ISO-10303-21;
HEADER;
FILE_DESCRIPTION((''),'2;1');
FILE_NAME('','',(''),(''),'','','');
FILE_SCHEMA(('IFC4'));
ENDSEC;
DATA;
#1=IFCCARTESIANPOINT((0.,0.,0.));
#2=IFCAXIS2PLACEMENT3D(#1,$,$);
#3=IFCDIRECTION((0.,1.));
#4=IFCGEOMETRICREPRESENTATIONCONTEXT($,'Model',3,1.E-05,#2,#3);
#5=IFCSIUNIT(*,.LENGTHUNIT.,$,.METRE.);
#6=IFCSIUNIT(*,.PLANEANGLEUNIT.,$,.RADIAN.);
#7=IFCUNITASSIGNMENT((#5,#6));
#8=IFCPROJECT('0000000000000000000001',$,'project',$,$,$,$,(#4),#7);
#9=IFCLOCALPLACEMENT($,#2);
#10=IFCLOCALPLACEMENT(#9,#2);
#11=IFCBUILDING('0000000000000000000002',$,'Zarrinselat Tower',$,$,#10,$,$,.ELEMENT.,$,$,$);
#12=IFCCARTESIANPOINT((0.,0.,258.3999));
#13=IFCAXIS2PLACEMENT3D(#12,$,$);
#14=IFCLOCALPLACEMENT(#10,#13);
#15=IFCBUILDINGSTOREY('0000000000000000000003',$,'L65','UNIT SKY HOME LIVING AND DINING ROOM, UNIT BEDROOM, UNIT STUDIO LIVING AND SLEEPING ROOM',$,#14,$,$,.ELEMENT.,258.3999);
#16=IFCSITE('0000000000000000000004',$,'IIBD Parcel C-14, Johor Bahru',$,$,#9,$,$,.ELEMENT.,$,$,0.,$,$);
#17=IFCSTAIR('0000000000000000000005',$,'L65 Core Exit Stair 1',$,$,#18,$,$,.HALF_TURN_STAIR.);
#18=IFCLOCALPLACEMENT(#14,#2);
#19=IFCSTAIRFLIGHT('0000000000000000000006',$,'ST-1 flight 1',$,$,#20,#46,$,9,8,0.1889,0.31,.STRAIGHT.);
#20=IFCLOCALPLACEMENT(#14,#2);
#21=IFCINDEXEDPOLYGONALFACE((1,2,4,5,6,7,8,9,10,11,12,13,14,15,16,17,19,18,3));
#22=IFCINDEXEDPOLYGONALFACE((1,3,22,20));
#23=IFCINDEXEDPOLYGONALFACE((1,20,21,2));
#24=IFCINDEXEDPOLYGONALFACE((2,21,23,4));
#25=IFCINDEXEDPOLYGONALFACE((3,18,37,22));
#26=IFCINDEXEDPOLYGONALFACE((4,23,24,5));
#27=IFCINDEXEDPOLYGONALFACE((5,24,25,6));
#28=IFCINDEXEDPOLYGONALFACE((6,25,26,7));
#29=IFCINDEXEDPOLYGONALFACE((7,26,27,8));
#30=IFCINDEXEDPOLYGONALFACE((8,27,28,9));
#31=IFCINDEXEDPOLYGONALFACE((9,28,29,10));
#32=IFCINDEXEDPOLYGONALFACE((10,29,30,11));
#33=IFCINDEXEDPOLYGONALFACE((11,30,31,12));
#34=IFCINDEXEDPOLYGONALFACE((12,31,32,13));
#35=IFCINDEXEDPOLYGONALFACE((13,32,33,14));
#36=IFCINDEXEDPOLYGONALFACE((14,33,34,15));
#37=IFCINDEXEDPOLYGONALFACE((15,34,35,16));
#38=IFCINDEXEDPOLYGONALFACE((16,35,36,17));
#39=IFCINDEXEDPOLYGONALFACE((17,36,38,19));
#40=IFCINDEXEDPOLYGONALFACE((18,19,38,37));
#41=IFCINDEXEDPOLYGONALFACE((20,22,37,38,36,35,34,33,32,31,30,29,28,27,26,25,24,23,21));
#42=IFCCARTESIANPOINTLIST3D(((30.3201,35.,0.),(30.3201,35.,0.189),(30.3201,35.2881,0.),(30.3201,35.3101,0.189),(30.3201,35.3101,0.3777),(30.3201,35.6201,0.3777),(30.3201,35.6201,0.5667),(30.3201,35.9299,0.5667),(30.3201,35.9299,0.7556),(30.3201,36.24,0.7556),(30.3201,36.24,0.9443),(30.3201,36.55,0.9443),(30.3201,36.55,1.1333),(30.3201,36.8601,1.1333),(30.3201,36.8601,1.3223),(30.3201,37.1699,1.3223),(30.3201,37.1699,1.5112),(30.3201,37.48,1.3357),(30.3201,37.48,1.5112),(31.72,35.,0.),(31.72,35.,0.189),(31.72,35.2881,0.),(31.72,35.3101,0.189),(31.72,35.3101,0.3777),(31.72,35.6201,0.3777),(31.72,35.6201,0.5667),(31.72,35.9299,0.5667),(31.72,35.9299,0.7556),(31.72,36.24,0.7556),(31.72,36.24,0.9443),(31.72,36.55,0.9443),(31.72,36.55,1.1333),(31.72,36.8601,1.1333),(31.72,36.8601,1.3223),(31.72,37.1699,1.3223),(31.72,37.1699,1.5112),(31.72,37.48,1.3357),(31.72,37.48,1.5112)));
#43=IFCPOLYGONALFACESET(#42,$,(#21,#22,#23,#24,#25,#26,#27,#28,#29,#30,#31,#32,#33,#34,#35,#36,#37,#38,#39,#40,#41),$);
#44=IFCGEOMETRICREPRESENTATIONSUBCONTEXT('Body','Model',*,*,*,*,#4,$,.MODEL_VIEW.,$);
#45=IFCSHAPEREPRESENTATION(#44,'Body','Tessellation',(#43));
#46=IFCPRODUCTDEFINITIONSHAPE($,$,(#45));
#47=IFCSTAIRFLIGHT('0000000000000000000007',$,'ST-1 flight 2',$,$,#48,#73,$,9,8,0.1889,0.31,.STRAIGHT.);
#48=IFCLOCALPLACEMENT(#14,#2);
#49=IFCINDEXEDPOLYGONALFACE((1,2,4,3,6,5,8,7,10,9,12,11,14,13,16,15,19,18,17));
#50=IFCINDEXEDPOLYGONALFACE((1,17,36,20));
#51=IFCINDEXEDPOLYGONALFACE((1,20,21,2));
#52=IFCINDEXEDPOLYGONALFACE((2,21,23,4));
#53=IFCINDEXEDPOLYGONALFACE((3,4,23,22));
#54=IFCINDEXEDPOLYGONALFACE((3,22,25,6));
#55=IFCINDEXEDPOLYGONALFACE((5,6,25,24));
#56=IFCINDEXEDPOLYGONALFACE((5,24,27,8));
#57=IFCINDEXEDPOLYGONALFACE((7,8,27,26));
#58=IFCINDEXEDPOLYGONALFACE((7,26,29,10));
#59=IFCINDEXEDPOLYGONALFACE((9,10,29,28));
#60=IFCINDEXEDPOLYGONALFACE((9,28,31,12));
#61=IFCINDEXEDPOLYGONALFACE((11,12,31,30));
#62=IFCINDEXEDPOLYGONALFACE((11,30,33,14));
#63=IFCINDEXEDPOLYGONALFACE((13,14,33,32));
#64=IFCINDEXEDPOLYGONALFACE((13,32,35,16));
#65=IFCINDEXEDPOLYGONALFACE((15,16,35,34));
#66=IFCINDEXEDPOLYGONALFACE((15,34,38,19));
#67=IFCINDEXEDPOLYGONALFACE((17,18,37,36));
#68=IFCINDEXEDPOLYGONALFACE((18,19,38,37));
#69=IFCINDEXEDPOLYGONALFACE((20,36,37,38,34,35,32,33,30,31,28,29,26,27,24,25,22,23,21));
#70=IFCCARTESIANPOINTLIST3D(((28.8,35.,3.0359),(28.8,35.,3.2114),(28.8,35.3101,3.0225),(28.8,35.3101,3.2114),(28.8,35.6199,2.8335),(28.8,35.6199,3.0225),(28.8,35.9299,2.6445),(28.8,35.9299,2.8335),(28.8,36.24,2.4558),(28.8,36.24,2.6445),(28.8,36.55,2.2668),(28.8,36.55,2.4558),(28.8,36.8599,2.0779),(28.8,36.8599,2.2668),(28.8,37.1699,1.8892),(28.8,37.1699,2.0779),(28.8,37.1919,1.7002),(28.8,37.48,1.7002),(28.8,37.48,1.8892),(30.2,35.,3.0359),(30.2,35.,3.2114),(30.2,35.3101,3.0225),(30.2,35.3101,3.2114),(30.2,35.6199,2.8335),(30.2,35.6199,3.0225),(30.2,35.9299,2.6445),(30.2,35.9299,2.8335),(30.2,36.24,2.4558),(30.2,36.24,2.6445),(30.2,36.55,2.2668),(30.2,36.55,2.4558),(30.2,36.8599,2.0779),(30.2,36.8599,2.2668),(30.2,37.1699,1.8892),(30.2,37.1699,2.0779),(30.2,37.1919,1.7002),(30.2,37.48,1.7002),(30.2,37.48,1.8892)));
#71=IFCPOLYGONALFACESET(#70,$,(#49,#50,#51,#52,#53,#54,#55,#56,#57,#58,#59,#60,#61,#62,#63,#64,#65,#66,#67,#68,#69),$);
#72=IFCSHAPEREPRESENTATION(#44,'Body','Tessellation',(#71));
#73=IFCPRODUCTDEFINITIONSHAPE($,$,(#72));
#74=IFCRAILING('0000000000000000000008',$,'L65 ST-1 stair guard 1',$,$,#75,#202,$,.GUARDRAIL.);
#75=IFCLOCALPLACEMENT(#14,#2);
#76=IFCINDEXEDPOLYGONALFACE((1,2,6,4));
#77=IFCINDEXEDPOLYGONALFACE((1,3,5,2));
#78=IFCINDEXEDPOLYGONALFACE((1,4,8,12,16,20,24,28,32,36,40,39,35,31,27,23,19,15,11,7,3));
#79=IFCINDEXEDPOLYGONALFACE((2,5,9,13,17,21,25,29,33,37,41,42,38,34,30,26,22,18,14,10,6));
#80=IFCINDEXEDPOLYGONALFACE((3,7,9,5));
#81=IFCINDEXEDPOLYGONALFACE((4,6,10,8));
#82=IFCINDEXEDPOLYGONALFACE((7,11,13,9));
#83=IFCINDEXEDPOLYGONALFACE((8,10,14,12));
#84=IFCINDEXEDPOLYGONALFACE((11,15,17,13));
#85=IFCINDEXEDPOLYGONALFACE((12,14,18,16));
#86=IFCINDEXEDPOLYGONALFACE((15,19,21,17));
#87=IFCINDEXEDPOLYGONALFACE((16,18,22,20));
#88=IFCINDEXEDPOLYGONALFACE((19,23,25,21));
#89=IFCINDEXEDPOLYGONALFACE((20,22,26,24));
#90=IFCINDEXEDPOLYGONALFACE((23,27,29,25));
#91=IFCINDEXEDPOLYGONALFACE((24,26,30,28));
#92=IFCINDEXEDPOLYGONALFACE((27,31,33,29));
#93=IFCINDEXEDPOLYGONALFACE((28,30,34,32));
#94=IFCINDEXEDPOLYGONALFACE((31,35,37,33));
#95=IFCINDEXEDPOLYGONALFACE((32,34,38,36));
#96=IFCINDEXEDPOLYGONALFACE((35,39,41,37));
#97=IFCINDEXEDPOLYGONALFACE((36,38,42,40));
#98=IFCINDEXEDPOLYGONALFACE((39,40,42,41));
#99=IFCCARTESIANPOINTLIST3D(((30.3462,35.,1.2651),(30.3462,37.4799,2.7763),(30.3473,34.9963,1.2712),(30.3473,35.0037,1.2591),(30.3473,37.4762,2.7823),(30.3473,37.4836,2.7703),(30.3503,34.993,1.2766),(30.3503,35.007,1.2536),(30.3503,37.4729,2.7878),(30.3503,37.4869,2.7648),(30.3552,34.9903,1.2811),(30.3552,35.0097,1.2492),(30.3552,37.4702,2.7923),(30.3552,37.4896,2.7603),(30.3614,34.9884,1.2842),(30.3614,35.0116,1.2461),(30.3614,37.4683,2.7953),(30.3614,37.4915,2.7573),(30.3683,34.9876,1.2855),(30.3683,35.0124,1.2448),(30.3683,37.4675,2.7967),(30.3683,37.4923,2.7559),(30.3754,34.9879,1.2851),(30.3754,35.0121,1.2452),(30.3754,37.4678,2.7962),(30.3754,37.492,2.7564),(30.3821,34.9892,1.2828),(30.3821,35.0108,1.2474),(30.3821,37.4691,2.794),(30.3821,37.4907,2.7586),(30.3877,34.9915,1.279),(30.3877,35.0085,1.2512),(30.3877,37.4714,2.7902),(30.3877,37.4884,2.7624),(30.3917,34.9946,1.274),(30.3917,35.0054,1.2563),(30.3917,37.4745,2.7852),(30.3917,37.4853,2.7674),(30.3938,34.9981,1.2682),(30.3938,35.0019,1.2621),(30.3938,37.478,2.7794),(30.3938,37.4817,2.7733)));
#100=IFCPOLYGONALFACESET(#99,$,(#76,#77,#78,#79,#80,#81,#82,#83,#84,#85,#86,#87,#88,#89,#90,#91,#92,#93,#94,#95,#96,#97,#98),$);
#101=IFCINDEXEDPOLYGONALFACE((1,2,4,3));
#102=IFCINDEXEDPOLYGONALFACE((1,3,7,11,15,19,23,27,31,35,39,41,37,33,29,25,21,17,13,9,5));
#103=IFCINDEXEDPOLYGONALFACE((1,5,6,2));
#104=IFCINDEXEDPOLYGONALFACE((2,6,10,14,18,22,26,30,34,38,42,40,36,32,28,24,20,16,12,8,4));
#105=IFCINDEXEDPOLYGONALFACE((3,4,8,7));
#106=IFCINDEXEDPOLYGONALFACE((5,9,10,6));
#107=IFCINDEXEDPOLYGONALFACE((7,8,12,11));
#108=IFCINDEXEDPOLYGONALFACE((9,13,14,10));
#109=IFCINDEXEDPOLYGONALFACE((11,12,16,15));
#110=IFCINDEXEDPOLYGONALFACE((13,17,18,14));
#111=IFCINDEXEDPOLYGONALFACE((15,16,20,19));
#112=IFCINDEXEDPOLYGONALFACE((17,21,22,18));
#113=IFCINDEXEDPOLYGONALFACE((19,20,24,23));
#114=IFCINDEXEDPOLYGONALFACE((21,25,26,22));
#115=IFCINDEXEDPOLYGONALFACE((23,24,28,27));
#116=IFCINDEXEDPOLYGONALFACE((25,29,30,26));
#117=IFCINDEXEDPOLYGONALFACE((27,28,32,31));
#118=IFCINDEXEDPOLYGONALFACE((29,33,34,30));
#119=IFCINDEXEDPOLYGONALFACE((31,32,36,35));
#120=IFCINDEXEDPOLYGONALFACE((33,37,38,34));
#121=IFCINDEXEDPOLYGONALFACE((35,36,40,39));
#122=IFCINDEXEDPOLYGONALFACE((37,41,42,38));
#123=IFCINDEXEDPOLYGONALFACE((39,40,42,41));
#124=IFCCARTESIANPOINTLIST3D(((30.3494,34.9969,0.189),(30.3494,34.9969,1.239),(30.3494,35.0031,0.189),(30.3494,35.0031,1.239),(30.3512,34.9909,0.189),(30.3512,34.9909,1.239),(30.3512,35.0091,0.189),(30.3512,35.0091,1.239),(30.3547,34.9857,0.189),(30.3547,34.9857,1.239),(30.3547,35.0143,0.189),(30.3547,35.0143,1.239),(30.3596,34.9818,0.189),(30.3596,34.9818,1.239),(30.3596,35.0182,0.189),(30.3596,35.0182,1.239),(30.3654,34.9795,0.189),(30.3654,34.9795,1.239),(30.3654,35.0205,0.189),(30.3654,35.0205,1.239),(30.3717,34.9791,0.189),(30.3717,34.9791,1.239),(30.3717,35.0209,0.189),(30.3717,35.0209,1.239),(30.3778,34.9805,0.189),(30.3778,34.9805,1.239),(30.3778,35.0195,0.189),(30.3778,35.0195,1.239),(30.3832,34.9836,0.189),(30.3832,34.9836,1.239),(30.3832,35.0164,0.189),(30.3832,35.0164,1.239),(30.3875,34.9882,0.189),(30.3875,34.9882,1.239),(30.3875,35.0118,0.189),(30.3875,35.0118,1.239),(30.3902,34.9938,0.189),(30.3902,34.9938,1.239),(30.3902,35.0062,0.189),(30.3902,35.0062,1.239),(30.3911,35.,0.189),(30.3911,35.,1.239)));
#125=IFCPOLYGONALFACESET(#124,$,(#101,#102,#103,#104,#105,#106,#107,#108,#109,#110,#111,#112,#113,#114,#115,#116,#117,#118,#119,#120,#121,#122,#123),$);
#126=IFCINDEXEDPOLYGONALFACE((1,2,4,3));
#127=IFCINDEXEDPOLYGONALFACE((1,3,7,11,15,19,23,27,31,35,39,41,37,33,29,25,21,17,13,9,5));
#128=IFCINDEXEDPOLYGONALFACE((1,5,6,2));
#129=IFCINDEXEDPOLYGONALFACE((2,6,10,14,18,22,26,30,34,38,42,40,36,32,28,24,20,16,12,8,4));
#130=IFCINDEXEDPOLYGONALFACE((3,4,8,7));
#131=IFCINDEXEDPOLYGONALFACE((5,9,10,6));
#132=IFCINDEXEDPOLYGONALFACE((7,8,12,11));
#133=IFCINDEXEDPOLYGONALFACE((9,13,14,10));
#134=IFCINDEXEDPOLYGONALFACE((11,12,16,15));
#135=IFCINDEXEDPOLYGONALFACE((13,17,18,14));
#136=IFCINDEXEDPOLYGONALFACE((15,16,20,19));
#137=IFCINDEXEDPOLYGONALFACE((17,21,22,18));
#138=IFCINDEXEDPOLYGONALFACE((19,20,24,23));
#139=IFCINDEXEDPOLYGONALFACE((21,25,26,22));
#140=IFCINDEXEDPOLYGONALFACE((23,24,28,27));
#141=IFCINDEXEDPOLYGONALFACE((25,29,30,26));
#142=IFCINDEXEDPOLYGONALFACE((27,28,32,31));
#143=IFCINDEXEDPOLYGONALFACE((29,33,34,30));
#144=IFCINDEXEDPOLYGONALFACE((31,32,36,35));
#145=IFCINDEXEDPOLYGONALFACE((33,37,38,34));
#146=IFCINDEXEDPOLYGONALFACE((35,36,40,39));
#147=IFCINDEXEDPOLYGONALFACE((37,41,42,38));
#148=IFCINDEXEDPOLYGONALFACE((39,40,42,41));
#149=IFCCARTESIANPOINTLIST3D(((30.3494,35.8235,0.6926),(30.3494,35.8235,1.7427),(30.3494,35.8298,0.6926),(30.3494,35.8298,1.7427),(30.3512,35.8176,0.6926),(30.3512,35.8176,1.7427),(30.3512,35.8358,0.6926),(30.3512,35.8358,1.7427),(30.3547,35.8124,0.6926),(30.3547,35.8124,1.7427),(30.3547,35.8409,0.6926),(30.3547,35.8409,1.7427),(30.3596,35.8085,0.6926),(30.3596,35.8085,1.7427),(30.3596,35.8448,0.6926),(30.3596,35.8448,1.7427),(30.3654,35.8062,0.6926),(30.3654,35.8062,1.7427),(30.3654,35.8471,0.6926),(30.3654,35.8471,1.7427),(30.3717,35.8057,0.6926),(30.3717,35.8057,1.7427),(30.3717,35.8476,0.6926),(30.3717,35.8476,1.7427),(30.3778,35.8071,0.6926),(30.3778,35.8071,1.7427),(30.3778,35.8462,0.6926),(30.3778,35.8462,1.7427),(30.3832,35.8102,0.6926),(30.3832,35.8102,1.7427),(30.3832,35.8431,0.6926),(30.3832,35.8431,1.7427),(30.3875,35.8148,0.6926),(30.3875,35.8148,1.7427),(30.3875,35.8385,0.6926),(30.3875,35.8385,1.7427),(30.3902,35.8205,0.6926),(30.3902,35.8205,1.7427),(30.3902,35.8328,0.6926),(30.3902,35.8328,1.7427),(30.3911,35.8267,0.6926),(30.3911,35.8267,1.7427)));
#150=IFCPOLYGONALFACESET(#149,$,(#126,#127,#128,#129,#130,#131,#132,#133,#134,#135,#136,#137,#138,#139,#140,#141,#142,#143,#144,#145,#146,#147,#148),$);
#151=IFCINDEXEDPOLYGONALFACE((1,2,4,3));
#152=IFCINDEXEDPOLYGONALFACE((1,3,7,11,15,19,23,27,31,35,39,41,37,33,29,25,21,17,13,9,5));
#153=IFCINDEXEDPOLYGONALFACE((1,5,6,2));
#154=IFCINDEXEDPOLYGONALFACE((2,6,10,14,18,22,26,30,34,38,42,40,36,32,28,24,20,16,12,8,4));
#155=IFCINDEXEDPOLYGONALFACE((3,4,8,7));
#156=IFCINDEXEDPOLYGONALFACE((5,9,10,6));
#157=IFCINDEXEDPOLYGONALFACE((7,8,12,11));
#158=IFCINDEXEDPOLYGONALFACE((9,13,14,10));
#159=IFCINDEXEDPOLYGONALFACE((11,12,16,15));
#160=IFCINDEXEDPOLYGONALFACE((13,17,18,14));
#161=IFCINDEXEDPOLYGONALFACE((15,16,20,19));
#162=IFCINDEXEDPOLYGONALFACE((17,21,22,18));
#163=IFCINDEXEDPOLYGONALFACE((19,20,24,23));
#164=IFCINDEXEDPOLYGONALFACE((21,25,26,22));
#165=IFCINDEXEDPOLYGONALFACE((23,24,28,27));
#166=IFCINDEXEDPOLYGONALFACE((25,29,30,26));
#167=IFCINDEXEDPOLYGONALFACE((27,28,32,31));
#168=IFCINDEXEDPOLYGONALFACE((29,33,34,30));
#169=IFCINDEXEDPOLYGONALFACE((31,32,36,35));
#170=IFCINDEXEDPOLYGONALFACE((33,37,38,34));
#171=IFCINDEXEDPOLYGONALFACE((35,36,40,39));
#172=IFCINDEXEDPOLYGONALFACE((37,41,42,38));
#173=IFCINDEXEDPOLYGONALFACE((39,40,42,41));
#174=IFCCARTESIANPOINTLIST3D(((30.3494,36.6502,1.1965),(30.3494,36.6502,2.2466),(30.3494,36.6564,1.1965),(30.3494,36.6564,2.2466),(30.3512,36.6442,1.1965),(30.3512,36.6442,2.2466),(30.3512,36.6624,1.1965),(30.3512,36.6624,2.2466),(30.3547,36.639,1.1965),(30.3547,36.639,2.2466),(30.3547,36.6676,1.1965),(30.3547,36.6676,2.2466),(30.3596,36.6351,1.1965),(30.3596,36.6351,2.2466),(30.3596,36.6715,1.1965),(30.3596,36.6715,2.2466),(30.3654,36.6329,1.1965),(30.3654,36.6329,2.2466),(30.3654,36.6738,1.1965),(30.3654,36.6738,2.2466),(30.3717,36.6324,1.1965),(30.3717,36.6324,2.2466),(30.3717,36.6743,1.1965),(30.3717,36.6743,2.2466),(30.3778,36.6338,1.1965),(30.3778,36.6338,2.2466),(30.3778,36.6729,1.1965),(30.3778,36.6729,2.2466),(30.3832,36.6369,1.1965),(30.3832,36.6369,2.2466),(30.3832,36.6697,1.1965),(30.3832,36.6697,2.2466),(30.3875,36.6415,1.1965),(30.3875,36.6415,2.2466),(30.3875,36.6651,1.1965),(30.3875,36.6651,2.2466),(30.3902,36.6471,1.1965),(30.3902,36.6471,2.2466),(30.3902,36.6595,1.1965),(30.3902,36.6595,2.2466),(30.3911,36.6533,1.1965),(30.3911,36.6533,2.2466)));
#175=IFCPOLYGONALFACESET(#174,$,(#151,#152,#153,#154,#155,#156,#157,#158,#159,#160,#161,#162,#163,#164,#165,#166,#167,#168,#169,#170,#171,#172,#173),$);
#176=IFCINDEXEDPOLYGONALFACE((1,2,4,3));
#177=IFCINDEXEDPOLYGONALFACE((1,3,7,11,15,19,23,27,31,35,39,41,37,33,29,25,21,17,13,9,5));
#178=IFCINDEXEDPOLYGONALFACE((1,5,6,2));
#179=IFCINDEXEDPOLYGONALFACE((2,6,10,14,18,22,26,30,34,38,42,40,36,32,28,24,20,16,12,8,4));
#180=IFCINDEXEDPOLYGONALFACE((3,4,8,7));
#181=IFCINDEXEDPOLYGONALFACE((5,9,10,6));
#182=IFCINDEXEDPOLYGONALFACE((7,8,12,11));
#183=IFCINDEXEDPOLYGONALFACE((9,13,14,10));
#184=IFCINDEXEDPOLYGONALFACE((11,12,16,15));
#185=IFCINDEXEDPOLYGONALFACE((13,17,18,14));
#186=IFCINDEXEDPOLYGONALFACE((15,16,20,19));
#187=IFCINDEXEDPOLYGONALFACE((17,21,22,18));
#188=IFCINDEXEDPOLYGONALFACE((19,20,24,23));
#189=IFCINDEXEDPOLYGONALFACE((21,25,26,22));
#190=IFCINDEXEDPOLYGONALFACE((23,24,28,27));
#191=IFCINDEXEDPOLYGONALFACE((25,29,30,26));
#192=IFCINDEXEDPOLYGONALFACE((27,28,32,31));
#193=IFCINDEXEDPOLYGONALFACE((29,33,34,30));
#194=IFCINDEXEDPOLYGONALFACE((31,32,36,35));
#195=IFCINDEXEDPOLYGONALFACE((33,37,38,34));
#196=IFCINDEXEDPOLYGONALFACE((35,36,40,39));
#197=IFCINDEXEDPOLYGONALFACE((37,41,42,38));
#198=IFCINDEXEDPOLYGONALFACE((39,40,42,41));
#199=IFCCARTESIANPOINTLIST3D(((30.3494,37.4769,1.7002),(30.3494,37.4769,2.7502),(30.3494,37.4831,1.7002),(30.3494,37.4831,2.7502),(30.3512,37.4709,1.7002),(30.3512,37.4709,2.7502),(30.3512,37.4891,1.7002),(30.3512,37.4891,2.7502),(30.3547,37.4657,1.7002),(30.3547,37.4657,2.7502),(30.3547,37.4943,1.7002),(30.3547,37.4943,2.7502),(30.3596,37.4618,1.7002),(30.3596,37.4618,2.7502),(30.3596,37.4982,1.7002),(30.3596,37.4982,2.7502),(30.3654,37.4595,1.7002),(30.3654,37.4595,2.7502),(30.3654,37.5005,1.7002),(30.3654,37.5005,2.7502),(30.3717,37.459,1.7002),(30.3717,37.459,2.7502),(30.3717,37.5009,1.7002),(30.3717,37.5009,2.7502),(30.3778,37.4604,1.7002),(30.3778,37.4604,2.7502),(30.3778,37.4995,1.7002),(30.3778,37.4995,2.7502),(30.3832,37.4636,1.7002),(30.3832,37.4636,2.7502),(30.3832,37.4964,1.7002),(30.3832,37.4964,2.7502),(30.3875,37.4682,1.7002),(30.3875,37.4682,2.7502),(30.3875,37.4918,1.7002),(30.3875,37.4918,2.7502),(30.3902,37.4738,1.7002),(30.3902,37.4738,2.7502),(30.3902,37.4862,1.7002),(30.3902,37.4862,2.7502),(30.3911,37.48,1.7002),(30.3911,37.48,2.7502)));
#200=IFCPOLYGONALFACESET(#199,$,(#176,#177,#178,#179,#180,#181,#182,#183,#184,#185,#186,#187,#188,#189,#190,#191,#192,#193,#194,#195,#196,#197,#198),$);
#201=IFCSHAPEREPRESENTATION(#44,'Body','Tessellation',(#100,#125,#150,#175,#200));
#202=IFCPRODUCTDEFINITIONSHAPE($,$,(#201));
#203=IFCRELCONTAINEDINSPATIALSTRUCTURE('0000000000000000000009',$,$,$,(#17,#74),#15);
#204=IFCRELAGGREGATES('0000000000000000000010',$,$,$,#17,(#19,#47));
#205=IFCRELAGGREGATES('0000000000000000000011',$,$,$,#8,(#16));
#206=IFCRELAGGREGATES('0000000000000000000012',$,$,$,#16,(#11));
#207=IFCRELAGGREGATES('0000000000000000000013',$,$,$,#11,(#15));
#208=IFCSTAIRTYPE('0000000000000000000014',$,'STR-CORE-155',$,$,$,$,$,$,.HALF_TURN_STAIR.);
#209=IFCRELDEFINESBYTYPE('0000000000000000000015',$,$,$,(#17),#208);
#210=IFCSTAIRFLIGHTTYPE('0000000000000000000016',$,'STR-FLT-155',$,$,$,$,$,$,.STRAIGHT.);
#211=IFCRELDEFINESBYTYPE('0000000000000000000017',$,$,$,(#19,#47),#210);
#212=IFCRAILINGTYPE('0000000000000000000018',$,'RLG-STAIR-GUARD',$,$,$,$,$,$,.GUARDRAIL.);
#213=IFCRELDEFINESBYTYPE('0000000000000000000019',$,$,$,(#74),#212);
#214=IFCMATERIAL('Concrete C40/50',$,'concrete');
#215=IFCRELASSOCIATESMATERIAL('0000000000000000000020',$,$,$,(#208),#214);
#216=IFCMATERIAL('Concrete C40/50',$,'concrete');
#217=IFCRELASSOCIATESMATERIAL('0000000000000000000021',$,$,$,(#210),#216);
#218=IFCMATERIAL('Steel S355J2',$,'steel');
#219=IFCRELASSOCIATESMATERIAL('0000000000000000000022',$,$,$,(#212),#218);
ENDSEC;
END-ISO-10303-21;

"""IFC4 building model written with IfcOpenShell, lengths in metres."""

from ifc_helpers import new_model, si_unit, direction, frame, origin, origin_2d, place, context, subcontext, project, spatial, polyline, circle, outline, extrude, material, type_object, element, aggregate, save


model = new_model("IFC4")

# Units and contexts
model_context = context("Model", 3, precision=1e-05, world=origin(), true_north=direction((0.0, 1.0)))
body_context = subcontext(model_context, "Body", "Model", "MODEL_VIEW")
ifc_project = project(units=[si_unit("LENGTHUNIT", "METRE"), si_unit("PLANEANGLEUNIT", "RADIAN")], contexts=[model_context])

# Site, building, storey
site_placement = place(None, origin())
site = spatial("IfcSite", under=ifc_project, at=site_placement, Name="IIBD Parcel C-14, Johor Bahru", CompositionType="ELEMENT", RefElevation=0.0)
building_placement = place(site_placement, origin())
building = spatial("IfcBuilding", under=site, at=building_placement, Name="Zarrinselat Tower", CompositionType="ELEMENT")
storey_placement = place(building_placement, frame((0.0, 0.0, 258.3999)))
storey = spatial("IfcBuildingStorey", under=building, at=storey_placement, Name="L65", Description="UNIT SKY HOME LIVING AND DINING ROOM, UNIT BEDROOM, UNIT STUDIO LIVING AND SLEEPING ROOM", CompositionType="ELEMENT", Elevation=258.3999)

# Stair, stair flights
ifc_material_1 = material(Name="Concrete C40/50", Category="concrete")
stair_type = type_object("IfcStairType", Name="STR-CORE-155", PredefinedType="HALF_TURN_STAIR", material=ifc_material_1)
stair_placement = place(storey_placement, origin())
stair = element("IfcStair", 1, at=stair_placement, inside=storey, type_object=stair_type, Name="L65 Core Exit Stair 1", PredefinedType="HALF_TURN_STAIR")
ifc_material_2 = material(Name="Concrete C40/50", Category="concrete")
stair_flight_type = type_object("IfcStairFlightType", Name="STR-FLT-155", PredefinedType="STRAIGHT", material=ifc_material_2)
stair_flight_1_placement = place(storey_placement, frame((31.02, 35.0, 0.0), z_axis=(0.0, 0.0, 1.0), x_axis=(0.0, 1.0, 0.0)))
stair_flight_1 = element("IfcStairFlight", 2, at=stair_flight_1_placement, type_object=stair_flight_type, Name="ST-1 flight 1", NumberOfRisers=9, NumberOfTreads=8, PredefinedType="STRAIGHT", RiserHeight=0.1889, TreadLength=0.31, context=body_context, shape_type="SweptSolid", body=[
    extrude(outline(polyline([(0.0, 0.0), (0.0, 0.189), (0.3101, 0.189), (0.3101, 0.3777), (0.6201, 0.3777), (0.6201, 0.5667), (0.9299, 0.5667), (0.9299, 0.7556), (1.24, 0.7556), (1.24, 0.9443), (1.55, 0.9443), (1.55, 1.1333), (1.8601, 1.1333), (1.8601, 1.3223), (2.1699, 1.3223), (2.1699, 1.5112), (2.48, 1.5112), (2.48, 1.7), (2.48, 1.3357), (0.2881, 0.0), (0.0, 0.0)])), frame((0.0, 0.7, 0.0), z_axis=(0.0, -1.0, 0.0), x_axis=(1.0, 0.0, 0.0)), (0.0, 0.0, 1.0), 1.3999),
])
stair_flight_2_placement = place(storey_placement, frame((29.5, 37.48, 1.7002), z_axis=(0.0, 0.0, 1.0), x_axis=(0.0, -1.0, 0.0)))
stair_flight_2 = element("IfcStairFlight", 3, at=stair_flight_2_placement, type_object=stair_flight_type, Name="ST-1 flight 2", NumberOfRisers=9, NumberOfTreads=8, PredefinedType="STRAIGHT", RiserHeight=0.1889, TreadLength=0.31, context=body_context, shape_type="SweptSolid", body=[
    extrude(outline(polyline([(0.0, 0.0), (0.0, 0.189), (0.3101, 0.189), (0.3101, 0.3777), (0.6201, 0.3777), (0.6201, 0.5667), (0.9299, 0.5667), (0.9299, 0.7556), (1.24, 0.7556), (1.24, 0.9443), (1.55, 0.9443), (1.55, 1.1333), (1.8601, 1.1333), (1.8601, 1.3223), (2.1699, 1.3223), (2.1699, 1.5112), (2.48, 1.5112), (2.48, 1.7), (2.48, 1.3357), (0.2881, 0.0), (0.0, 0.0)])), frame((0.0, 0.7, 0.0), z_axis=(0.0, -1.0, 0.0), x_axis=(1.0, 0.0, 0.0)), (0.0, 0.0, 1.0), 1.3999),
])
aggregate(stair, [stair_flight_1, stair_flight_2])

# Railing
ifc_material_3 = material(Name="Steel S355J2", Category="steel")
railing_type_1 = type_object("IfcRailingType", Name="RLG-STAIR-GUARD", PredefinedType="GUARDRAIL", material=ifc_material_3)
railing_1_placement = place(storey_placement, frame((30.3701, 35.0, 0.189)))
element("IfcRailing", 4, at=railing_1_placement, inside=storey, type_object=railing_type_1, Name="L65 ST-1 stair guard 1", PredefinedType="GUARDRAIL", context=body_context, shape_type="SweptSolid", body=[
    extrude(circle(Radius=0.0239, at=origin_2d()), frame((0.0, 0.0, 1.0762), z_axis=(0.0, 0.853942, 0.520368), x_axis=(-1.0, 0.0, 0.0)), (0.0, 0.0, 1.0), 2.9041),
    extrude(circle(Radius=0.021, at=origin_2d()), origin(), (0.0, 0.0, 1.0), 1.05),
    extrude(circle(Radius=0.021, at=origin_2d()), frame((0.0, 0.8267, 0.5037)), (0.0, 0.0, 1.0), 1.05),
    extrude(circle(Radius=0.021, at=origin_2d()), frame((0.0, 1.6533, 1.0076)), (0.0, 0.0, 1.0), 1.05),
    extrude(circle(Radius=0.021, at=origin_2d()), frame((0.0, 2.48, 1.5112)), (0.0, 0.0, 1.0), 1.05),
])

save(model, "model.ifc")
